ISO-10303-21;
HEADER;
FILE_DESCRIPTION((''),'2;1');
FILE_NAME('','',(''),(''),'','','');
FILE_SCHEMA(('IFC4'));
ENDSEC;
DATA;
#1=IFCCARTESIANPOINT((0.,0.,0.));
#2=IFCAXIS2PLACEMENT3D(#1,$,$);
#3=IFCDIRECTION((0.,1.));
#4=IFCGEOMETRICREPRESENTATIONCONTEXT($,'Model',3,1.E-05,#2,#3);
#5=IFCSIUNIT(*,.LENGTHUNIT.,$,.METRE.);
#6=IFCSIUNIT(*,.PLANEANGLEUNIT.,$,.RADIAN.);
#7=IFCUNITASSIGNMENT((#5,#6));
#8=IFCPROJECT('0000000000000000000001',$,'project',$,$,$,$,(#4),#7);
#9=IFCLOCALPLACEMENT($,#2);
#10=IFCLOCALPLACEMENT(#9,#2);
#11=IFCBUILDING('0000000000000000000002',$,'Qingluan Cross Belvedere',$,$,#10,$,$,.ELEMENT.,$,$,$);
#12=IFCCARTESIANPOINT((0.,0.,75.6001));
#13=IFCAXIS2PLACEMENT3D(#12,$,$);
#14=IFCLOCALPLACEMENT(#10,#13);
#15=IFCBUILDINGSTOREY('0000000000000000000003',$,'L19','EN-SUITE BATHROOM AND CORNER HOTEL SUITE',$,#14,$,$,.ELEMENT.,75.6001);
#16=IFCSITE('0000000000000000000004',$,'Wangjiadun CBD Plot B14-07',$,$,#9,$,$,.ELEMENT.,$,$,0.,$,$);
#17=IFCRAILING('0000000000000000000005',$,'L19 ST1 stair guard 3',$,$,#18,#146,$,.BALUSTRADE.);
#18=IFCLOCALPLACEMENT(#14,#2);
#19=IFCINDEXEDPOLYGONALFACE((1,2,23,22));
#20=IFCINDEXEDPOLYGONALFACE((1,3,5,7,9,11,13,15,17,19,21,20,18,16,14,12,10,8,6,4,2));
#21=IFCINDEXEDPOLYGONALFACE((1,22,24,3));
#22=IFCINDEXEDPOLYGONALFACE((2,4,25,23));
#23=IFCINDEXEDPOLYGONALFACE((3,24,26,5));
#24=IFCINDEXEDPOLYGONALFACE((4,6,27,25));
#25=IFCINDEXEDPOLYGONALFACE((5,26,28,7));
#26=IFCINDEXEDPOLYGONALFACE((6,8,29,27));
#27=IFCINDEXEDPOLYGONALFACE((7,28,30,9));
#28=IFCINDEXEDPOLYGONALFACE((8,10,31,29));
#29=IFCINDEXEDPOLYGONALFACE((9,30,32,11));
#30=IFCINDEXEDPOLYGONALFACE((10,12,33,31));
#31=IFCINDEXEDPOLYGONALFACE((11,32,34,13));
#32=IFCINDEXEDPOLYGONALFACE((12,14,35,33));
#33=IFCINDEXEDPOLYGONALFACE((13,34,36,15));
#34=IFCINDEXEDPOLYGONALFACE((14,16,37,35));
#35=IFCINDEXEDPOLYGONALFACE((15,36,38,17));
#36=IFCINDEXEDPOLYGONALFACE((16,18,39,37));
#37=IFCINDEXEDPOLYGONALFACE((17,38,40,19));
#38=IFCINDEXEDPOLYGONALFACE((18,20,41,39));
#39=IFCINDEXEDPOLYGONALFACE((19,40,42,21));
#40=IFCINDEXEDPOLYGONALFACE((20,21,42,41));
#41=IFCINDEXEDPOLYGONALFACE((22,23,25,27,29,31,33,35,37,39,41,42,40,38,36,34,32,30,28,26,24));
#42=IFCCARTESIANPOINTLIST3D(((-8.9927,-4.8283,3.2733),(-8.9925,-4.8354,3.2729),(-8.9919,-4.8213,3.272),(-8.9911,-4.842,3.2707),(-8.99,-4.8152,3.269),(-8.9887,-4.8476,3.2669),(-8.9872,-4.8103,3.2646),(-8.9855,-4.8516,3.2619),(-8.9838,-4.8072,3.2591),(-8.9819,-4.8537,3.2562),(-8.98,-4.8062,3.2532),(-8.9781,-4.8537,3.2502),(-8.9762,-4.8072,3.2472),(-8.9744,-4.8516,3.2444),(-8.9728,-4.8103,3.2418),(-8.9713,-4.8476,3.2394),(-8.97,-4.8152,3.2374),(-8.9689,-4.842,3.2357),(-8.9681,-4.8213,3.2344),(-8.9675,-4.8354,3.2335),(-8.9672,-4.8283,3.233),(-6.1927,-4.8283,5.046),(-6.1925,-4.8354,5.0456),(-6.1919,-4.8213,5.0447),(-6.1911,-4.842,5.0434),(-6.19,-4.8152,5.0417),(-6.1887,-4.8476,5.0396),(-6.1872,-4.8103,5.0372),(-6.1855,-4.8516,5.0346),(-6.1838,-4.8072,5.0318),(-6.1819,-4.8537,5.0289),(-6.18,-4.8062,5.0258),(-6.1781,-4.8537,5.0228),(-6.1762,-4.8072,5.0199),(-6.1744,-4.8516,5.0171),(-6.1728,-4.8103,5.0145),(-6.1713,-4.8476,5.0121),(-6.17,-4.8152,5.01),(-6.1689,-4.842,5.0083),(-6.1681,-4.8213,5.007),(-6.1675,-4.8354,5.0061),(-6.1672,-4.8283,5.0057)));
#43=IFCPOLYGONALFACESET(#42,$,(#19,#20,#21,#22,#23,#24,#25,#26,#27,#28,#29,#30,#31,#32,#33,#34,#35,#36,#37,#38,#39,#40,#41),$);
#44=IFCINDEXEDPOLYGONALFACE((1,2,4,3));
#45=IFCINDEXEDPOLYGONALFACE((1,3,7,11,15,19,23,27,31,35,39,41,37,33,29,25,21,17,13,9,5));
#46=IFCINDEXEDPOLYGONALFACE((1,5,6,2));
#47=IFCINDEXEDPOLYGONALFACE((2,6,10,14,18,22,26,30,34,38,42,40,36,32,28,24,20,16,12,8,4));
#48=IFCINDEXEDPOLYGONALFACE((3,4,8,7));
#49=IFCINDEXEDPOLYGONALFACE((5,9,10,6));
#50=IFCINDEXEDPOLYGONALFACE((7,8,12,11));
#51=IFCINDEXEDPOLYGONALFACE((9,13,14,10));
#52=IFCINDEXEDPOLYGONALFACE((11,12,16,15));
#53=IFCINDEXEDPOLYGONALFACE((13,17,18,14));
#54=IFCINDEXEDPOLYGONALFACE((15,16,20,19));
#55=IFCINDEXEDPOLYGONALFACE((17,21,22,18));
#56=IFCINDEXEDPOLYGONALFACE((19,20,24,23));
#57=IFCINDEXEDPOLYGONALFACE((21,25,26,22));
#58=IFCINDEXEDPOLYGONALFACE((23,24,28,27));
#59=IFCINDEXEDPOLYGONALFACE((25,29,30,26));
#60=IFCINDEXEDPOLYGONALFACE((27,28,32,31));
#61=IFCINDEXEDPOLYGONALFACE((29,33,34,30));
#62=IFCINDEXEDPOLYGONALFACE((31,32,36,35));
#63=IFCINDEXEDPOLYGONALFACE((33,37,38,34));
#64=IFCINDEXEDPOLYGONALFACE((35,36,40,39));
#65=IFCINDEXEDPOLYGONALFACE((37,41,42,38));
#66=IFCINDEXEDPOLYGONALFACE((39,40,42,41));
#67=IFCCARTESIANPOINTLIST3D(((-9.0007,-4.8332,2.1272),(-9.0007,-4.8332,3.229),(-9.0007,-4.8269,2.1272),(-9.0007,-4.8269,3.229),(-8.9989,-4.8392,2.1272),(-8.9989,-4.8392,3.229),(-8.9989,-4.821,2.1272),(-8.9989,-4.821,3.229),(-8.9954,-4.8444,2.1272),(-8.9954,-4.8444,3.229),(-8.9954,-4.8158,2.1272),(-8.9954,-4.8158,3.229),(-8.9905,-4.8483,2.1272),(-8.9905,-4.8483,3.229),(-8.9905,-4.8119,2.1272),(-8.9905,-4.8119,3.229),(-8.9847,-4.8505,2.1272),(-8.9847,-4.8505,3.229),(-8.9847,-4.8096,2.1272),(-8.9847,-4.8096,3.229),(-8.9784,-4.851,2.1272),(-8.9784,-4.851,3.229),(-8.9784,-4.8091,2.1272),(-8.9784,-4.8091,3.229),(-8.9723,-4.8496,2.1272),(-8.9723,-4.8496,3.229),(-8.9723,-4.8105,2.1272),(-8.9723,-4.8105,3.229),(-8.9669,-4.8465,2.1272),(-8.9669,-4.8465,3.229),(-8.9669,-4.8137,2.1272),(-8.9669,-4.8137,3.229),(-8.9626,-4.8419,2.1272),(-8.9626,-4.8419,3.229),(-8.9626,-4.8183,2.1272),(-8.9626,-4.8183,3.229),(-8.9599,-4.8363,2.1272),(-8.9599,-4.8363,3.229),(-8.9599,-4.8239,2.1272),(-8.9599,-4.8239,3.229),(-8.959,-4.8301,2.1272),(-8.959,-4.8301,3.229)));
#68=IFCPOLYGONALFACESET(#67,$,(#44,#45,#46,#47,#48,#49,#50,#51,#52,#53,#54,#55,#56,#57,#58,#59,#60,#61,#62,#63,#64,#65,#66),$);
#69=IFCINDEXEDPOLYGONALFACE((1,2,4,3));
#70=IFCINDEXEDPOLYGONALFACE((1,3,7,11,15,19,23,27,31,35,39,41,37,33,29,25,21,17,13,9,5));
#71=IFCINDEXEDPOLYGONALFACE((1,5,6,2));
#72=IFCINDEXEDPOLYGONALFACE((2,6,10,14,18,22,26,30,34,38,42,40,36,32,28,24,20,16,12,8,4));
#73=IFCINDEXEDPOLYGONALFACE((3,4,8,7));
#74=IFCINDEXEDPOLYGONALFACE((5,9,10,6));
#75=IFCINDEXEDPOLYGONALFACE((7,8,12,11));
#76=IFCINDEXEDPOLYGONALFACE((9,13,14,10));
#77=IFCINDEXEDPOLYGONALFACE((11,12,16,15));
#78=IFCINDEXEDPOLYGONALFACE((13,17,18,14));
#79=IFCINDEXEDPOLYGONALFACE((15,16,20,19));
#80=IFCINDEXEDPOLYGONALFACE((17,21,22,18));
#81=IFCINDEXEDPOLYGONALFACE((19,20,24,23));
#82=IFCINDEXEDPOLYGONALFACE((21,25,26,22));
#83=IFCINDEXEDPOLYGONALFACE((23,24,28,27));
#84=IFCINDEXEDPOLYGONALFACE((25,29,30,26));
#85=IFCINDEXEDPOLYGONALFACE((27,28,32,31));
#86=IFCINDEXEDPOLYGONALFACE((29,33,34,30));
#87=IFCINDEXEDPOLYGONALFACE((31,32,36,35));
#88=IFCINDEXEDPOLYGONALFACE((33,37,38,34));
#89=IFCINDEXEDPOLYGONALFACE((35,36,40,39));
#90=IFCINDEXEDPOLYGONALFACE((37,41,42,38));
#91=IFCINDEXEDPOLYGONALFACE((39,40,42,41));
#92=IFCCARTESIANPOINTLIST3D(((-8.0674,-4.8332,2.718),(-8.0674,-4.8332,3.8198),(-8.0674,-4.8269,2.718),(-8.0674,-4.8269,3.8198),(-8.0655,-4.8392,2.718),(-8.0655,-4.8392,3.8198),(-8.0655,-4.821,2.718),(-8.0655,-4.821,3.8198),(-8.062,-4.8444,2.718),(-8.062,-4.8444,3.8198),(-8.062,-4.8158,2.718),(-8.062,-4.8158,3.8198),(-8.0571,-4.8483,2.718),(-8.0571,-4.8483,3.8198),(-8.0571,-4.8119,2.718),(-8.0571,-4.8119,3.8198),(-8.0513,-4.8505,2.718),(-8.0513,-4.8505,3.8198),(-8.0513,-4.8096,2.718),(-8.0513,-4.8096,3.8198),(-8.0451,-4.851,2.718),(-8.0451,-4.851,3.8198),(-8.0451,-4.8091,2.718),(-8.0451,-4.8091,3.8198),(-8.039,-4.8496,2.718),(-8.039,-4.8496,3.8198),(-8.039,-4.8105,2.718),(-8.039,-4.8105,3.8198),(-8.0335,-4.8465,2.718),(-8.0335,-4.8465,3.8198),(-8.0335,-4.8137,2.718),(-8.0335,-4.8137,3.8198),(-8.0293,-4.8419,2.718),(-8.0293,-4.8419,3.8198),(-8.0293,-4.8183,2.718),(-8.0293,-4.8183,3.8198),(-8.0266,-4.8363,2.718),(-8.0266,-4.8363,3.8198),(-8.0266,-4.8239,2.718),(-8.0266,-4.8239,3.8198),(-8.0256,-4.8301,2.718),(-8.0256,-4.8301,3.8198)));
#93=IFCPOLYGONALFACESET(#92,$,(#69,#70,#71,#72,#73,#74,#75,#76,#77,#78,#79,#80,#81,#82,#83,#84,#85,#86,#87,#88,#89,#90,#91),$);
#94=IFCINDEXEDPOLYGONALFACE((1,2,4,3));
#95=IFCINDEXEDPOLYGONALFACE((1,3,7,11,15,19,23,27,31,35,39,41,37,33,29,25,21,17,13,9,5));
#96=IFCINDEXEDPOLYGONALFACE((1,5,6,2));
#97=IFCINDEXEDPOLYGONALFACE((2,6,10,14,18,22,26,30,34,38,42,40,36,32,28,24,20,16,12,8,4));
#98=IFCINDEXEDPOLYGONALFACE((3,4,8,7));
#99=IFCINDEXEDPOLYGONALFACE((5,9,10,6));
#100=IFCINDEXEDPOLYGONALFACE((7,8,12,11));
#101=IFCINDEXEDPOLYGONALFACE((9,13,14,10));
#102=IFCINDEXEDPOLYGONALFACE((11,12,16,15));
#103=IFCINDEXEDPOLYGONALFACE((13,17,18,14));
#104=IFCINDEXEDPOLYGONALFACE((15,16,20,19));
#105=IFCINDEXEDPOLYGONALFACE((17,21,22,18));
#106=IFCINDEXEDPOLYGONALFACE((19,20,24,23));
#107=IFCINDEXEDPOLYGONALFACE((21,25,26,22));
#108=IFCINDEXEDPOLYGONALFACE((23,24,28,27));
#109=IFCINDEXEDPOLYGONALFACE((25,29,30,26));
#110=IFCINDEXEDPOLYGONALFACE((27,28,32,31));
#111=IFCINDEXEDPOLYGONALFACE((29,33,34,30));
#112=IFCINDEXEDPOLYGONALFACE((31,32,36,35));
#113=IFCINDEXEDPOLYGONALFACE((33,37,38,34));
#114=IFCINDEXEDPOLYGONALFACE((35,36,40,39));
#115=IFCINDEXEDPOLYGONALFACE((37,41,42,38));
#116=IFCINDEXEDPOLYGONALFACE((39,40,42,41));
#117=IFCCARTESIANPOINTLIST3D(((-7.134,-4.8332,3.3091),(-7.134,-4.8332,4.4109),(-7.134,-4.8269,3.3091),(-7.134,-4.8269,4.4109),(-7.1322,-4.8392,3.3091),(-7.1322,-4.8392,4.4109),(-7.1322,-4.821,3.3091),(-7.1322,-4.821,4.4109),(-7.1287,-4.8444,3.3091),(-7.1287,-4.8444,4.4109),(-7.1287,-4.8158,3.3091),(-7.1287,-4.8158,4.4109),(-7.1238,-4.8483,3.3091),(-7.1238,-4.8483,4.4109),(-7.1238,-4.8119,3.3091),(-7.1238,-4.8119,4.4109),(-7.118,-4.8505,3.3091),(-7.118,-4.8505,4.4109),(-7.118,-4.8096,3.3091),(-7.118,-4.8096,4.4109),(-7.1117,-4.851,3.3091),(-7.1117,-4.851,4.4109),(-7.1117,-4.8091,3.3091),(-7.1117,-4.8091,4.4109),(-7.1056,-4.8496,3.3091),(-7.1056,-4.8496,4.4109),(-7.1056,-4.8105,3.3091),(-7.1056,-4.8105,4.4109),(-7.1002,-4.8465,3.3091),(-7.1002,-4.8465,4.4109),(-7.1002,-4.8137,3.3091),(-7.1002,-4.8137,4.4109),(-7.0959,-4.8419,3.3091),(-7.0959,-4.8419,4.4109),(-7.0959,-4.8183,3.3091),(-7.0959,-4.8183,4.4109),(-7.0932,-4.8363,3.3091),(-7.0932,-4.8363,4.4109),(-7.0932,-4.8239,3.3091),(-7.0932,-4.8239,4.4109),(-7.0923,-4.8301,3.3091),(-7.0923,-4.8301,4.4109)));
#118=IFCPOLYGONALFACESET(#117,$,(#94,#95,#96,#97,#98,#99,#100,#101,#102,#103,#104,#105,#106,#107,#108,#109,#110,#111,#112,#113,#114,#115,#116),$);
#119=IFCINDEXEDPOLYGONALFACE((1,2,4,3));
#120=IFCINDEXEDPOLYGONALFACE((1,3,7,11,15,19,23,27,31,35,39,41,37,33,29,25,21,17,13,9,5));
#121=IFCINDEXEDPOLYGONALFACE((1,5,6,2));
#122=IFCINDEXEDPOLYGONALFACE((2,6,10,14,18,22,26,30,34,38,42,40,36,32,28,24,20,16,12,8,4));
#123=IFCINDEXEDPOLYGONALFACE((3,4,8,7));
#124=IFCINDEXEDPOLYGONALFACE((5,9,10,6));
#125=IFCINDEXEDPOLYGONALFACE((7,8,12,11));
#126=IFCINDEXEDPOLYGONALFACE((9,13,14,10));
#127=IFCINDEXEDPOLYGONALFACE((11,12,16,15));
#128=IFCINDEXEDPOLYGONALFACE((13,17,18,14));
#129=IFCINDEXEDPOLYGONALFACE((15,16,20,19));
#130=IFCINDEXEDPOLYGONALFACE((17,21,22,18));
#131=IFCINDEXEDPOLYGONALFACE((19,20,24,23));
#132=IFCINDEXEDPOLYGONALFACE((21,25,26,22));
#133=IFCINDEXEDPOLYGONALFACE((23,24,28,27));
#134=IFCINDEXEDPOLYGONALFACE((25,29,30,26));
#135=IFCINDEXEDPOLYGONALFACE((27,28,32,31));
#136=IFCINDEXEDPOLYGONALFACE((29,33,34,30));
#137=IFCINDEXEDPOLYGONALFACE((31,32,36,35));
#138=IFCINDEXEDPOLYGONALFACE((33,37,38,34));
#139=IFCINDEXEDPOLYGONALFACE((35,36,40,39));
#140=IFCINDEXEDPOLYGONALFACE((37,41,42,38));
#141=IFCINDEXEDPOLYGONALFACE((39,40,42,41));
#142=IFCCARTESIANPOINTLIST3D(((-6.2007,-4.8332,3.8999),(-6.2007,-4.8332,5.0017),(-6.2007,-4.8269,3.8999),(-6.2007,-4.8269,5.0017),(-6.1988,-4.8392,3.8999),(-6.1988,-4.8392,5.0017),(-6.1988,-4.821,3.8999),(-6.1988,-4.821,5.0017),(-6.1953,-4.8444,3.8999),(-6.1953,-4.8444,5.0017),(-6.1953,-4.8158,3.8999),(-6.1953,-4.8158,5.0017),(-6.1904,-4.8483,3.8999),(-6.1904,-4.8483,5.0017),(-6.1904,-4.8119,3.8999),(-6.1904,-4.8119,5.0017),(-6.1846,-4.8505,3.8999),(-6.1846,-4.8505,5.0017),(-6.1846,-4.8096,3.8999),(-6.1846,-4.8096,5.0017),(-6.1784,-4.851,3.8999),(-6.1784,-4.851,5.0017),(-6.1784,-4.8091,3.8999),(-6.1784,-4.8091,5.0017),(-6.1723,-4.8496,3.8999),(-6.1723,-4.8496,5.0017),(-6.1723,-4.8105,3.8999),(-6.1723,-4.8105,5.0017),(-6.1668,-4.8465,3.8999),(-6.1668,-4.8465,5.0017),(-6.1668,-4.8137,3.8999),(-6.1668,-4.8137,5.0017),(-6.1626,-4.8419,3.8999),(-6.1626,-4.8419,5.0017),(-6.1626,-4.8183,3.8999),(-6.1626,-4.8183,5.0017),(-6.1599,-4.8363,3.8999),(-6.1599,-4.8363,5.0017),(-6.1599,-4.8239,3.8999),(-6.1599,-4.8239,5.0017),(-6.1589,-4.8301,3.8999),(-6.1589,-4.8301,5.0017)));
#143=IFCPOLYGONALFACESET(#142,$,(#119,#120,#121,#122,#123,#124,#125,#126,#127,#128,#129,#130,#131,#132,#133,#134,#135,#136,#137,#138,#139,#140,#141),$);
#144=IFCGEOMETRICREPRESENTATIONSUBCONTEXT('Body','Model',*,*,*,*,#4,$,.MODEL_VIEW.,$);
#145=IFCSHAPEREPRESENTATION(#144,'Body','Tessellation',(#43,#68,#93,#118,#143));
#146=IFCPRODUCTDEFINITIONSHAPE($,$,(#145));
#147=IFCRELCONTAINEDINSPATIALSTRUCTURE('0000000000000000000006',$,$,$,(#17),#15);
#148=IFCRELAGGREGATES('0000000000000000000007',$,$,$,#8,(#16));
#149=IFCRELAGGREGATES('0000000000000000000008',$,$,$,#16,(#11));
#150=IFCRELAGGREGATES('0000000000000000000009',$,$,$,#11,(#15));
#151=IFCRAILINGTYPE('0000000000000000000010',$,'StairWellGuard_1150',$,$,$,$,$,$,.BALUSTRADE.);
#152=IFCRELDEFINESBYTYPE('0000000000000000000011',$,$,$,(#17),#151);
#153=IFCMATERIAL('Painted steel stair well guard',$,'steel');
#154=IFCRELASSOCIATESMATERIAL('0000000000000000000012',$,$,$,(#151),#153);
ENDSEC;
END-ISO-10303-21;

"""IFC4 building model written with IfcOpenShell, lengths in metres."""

from ifc_helpers import new_model, si_unit, direction, frame, origin, origin_2d, place, context, subcontext, project, spatial, circle, extrude, material, type_object, element, save


model = new_model("IFC4")

# Units and contexts
model_context = context("Model", 3, precision=1e-05, world=origin(), true_north=direction((0.0, 1.0)))
body_context = subcontext(model_context, "Body", "Model", "MODEL_VIEW")
ifc_project = project(units=[si_unit("LENGTHUNIT", "METRE"), si_unit("PLANEANGLEUNIT", "RADIAN")], contexts=[model_context])

# Site, building, storey
site_placement = place(None, origin())
site = spatial("IfcSite", under=ifc_project, at=site_placement, Name="Wangjiadun CBD Plot B14-07", CompositionType="ELEMENT", RefElevation=0.0)
building_placement = place(site_placement, origin())
building = spatial("IfcBuilding", under=site, at=building_placement, Name="Qingluan Cross Belvedere", CompositionType="ELEMENT")
storey_placement = place(building_placement, frame((0.0, 0.0, 75.6001)))
storey = spatial("IfcBuildingStorey", under=building, at=storey_placement, Name="L19", Description="EN-SUITE BATHROOM AND CORNER HOTEL SUITE", CompositionType="ELEMENT", Elevation=75.6001)

# Railing
ifc_material_1 = material(Name="Painted steel stair well guard", Category="steel")
railing_type_1 = type_object("IfcRailingType", Name="StairWellGuard_1150", PredefinedType="BALUSTRADE", material=ifc_material_1)
railing_1_placement = place(storey_placement, frame((-8.98, -4.8301, 2.1272)))
element("IfcRailing", 1, at=railing_1_placement, inside=storey, type_object=railing_type_1, Name="L19 ST1 stair guard 3", PredefinedType="BALUSTRADE", context=body_context, shape_type="SweptSolid", body=[
    extrude(circle(Radius=0.0239, at=origin_2d()), frame((0.0, 0.0, 1.126), z_axis=(0.844909, 0.0, 0.53491), x_axis=(0.0, 1.0, 0.0)), (0.0, 0.0, 1.0), 3.314),
    extrude(circle(Radius=0.021, at=origin_2d()), origin(), (0.0, 0.0, 1.0), 1.1018),
    extrude(circle(Radius=0.021, at=origin_2d()), frame((0.9333, 0.0, 0.5908)), (0.0, 0.0, 1.0), 1.1018),
    extrude(circle(Radius=0.021, at=origin_2d()), frame((1.8667, 0.0, 1.1819)), (0.0, 0.0, 1.0), 1.1018),
    extrude(circle(Radius=0.021, at=origin_2d()), frame((2.8, 0.0, 1.7727)), (0.0, 0.0, 1.0), 1.1018),
])

save(model, "model.ifc")
